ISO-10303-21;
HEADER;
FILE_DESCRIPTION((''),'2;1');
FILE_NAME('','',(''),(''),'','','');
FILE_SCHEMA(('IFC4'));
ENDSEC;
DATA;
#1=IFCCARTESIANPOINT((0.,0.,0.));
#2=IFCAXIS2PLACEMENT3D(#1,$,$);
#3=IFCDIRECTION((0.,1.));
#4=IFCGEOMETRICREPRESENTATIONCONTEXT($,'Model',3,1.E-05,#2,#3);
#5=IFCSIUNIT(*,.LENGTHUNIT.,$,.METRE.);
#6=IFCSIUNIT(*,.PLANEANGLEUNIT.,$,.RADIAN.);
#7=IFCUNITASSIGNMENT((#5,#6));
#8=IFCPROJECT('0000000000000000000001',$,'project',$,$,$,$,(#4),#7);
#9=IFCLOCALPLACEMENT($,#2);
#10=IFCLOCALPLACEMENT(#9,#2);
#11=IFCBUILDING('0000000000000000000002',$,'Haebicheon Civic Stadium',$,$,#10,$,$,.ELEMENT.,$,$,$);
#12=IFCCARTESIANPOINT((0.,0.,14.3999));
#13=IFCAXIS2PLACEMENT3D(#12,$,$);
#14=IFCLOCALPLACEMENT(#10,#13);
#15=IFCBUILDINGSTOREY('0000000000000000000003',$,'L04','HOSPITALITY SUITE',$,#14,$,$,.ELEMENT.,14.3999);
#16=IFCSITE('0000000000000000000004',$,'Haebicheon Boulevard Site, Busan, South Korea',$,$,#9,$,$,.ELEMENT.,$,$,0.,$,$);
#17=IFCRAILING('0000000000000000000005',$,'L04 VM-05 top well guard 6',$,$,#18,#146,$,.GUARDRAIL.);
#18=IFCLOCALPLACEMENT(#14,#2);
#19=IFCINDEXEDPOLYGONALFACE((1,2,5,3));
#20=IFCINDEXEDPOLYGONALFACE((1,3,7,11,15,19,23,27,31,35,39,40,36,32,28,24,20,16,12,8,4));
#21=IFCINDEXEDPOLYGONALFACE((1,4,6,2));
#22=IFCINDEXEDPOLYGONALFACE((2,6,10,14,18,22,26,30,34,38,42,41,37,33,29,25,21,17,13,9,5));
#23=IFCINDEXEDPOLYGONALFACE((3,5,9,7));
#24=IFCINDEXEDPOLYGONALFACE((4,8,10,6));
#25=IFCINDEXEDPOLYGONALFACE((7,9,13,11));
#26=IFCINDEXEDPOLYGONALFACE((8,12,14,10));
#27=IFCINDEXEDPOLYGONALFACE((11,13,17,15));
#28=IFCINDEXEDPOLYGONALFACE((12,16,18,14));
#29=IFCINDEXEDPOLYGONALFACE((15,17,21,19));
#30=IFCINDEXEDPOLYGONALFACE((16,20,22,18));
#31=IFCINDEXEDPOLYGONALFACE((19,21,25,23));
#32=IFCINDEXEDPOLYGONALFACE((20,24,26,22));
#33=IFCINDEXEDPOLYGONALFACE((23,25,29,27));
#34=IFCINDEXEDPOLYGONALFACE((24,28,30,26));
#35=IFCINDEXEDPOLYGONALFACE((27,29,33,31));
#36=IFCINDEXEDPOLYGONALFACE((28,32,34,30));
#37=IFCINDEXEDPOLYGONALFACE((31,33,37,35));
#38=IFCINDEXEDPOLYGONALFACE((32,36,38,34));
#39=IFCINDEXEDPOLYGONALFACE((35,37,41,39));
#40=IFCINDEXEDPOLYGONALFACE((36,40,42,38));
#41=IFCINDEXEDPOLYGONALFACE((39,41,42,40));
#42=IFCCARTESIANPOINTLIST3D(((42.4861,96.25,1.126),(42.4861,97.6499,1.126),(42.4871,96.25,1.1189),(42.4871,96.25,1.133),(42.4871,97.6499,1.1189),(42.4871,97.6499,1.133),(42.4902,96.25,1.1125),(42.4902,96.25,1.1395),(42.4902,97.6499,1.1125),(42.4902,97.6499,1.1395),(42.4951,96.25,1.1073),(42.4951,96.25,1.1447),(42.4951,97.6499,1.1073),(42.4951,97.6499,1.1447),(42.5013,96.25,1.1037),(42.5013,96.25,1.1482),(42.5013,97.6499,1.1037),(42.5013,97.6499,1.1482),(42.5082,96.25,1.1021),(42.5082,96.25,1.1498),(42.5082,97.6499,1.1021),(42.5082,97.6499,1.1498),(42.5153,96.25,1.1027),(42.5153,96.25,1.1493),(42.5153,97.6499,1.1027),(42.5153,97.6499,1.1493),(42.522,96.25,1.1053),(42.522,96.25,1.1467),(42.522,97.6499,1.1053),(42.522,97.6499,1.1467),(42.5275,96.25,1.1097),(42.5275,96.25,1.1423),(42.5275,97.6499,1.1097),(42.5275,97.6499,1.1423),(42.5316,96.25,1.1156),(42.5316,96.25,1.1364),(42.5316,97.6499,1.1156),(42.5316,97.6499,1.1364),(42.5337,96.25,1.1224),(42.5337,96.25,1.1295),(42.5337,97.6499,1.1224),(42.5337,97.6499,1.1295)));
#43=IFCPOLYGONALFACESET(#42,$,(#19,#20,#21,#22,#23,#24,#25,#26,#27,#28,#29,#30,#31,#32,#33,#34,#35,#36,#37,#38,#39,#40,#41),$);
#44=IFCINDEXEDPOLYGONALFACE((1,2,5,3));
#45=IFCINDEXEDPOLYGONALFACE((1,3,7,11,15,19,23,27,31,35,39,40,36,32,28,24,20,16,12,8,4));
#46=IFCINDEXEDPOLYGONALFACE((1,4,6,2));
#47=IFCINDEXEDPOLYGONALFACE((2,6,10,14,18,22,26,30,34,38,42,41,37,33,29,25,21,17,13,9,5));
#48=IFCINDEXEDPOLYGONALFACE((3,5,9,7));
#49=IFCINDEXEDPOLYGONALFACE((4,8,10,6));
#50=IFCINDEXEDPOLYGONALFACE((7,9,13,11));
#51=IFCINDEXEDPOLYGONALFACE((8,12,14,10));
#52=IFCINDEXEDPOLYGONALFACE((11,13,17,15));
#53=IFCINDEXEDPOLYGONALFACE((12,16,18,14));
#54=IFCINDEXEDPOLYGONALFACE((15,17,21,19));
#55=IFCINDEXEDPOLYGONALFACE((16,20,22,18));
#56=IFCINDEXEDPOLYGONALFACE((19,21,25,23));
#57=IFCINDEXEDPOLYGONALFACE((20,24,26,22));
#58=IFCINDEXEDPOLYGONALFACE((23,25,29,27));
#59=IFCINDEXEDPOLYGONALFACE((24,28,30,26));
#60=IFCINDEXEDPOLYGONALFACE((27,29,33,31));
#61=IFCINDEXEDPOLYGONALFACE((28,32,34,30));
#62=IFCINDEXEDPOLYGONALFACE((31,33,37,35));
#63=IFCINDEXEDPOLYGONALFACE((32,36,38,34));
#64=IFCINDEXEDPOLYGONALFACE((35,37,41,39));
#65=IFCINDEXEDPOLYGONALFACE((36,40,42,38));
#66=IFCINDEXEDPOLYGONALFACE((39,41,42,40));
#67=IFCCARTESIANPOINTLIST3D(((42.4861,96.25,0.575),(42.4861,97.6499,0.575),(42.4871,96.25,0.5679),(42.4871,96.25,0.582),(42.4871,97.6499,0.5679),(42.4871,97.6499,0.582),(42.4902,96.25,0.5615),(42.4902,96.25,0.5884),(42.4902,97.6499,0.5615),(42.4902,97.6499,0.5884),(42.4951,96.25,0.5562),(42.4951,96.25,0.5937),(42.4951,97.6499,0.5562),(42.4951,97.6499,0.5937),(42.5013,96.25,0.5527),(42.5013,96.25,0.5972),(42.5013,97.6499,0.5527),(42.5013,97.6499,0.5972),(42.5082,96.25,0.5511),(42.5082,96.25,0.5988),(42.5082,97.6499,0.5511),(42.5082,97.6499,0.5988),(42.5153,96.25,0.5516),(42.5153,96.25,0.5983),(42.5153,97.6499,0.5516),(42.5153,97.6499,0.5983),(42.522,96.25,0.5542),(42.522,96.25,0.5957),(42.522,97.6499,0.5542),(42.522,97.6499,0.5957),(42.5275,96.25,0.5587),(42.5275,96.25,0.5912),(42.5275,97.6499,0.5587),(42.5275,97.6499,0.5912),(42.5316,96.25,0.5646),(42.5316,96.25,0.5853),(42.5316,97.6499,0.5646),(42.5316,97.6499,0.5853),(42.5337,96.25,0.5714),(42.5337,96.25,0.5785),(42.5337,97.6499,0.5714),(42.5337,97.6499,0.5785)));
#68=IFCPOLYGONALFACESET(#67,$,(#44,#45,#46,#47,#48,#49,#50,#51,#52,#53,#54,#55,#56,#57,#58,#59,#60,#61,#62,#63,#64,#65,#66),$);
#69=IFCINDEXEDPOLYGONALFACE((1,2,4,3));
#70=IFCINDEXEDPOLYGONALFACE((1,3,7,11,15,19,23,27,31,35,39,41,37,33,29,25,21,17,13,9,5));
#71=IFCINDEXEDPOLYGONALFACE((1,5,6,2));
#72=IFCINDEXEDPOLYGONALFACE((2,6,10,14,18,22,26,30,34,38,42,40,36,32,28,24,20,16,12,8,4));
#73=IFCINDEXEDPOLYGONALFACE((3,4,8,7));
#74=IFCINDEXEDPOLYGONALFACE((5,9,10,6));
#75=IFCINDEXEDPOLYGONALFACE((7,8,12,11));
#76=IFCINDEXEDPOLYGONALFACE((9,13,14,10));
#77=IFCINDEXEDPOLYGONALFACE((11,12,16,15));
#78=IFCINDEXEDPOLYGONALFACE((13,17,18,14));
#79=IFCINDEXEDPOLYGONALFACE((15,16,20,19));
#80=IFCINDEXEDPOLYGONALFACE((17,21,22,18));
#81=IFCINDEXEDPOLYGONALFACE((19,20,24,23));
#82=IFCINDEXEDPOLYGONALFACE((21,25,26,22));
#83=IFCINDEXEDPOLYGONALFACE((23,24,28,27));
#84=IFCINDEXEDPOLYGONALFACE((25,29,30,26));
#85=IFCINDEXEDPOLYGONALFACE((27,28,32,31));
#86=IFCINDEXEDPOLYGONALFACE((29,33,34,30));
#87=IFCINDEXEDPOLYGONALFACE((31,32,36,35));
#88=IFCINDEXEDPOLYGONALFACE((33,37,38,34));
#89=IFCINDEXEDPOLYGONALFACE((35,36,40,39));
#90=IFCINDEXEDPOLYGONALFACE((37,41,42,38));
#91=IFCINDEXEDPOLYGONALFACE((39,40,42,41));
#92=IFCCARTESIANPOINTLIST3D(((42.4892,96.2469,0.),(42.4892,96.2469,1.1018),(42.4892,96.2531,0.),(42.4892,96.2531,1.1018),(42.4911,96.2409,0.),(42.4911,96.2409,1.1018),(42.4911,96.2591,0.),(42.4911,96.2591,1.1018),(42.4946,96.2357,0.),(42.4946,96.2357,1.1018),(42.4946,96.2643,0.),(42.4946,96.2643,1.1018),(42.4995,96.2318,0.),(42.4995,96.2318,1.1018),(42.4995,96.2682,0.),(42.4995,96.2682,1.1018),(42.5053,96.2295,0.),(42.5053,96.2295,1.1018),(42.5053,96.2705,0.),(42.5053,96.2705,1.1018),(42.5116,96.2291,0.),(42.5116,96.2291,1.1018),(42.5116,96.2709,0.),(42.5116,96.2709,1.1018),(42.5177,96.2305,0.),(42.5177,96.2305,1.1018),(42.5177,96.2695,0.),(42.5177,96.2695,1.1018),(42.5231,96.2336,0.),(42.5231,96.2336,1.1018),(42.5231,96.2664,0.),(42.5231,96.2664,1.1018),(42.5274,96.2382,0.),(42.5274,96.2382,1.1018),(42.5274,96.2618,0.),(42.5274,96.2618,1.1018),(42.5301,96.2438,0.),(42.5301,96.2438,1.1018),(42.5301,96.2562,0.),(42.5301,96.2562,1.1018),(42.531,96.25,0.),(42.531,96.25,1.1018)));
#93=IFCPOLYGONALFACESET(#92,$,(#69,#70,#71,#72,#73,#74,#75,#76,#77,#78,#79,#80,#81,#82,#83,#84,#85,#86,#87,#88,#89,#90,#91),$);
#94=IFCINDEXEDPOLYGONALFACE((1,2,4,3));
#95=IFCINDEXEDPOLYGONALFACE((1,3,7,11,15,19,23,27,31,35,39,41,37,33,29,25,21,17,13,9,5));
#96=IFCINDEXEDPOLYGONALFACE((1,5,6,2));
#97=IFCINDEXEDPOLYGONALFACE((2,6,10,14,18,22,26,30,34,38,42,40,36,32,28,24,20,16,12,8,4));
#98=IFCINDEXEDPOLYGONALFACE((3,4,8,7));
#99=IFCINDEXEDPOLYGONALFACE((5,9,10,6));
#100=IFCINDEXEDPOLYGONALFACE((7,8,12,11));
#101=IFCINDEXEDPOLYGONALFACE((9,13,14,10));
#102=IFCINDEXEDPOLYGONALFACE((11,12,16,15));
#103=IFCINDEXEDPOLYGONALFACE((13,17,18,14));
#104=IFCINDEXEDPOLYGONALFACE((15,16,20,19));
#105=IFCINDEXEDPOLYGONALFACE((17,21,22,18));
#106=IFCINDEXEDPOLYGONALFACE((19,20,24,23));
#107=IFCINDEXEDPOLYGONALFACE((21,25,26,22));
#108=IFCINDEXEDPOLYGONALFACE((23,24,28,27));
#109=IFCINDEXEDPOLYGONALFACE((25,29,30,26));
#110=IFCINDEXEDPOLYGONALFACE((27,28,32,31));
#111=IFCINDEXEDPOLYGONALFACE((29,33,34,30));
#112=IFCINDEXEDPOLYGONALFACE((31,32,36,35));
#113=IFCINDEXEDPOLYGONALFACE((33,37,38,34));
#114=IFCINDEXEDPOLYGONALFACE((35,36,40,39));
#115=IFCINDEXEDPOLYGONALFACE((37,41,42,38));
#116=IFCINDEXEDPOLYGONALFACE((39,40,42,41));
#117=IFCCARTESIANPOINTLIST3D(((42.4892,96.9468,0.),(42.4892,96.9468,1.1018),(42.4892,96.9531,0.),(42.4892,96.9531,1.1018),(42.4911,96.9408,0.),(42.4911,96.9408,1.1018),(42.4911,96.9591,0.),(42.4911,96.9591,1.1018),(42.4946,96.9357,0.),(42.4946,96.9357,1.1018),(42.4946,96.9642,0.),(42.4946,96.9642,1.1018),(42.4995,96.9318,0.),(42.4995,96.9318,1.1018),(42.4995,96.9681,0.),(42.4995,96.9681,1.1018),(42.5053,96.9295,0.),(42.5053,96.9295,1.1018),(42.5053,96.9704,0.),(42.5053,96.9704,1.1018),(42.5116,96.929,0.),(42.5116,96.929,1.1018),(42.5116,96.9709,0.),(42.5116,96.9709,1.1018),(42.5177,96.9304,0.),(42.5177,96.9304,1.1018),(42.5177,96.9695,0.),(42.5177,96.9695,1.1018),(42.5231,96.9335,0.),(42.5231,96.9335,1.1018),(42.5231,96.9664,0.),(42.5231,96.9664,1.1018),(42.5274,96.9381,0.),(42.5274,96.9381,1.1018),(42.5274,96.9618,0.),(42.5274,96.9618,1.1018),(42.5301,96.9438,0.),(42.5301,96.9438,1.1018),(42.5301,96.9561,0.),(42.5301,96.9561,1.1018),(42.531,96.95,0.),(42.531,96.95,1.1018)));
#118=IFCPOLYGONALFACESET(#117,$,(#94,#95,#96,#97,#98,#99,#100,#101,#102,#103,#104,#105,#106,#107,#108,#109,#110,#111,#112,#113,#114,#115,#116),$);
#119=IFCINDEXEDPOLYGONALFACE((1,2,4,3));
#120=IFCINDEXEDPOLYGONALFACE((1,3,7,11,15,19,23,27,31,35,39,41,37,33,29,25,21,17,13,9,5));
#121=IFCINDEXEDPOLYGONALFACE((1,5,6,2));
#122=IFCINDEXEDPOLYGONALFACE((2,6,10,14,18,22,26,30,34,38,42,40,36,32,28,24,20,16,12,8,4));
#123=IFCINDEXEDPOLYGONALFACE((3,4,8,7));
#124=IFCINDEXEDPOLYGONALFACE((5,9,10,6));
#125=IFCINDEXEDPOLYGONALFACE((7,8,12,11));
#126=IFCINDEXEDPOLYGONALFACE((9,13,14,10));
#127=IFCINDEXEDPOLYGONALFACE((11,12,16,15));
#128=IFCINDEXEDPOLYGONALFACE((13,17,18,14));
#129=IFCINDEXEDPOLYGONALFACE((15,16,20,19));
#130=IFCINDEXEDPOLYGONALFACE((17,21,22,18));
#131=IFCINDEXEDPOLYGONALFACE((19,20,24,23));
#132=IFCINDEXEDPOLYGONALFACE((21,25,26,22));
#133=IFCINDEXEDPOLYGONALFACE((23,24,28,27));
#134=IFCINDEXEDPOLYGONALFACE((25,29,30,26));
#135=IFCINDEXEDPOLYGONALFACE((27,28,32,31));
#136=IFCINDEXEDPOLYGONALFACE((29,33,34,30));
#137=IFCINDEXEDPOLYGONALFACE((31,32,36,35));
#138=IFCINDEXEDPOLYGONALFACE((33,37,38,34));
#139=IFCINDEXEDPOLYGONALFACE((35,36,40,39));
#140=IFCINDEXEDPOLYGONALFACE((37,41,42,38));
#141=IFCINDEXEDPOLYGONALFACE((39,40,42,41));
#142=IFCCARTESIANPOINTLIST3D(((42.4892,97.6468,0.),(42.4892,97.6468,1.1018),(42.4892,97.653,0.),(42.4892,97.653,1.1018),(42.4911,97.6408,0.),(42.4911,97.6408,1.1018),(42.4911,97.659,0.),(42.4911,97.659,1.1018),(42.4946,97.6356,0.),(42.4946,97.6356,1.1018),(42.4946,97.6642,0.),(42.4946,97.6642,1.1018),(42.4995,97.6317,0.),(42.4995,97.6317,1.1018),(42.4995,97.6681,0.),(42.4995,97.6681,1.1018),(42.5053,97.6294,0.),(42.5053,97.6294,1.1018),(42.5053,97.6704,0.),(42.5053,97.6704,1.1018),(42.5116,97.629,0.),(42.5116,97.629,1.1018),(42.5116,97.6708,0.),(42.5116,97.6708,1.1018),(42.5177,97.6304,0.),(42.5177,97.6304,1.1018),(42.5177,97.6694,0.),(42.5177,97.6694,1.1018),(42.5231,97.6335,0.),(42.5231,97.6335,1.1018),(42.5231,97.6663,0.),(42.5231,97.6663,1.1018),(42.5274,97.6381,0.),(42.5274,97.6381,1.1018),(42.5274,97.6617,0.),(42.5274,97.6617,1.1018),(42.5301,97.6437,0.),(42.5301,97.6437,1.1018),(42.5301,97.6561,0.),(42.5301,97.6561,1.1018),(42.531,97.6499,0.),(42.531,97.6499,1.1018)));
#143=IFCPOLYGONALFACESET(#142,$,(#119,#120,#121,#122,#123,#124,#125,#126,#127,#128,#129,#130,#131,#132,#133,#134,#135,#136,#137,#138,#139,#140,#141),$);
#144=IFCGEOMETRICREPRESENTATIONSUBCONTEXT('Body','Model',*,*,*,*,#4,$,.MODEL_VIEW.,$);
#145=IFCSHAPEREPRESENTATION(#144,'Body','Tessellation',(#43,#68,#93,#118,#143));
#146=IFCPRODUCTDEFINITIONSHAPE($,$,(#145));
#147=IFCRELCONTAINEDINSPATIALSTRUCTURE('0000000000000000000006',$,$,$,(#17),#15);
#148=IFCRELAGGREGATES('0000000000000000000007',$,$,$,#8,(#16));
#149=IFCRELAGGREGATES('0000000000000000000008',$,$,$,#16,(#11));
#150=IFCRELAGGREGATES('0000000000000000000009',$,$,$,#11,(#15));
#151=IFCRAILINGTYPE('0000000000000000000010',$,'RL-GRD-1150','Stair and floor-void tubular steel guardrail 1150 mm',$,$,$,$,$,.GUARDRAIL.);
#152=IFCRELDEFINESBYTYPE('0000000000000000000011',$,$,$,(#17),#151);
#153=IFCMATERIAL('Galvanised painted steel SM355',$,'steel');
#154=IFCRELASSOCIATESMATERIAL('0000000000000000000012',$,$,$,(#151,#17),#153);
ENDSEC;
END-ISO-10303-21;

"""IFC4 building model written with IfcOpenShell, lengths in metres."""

from ifc_helpers import new_model, si_unit, direction, frame, origin, origin_2d, place, context, subcontext, project, spatial, circle, extrude, material, type_object, element, save


model = new_model("IFC4")

# Units and contexts
model_context = context("Model", 3, precision=1e-05, world=origin(), true_north=direction((0.0, 1.0)))
body_context = subcontext(model_context, "Body", "Model", "MODEL_VIEW")
ifc_project = project(units=[si_unit("LENGTHUNIT", "METRE"), si_unit("PLANEANGLEUNIT", "RADIAN")], contexts=[model_context])

# Site, building, storey
site_placement = place(None, origin())
site = spatial("IfcSite", under=ifc_project, at=site_placement, Name="Haebicheon Boulevard Site, Busan, South Korea", CompositionType="ELEMENT", RefElevation=0.0)
building_placement = place(site_placement, origin())
building = spatial("IfcBuilding", under=site, at=building_placement, Name="Haebicheon Civic Stadium", CompositionType="ELEMENT")
storey_placement = place(building_placement, frame((0.0, 0.0, 14.3999)))
storey = spatial("IfcBuildingStorey", under=building, at=storey_placement, Name="L04", Description="HOSPITALITY SUITE", CompositionType="ELEMENT", Elevation=14.3999)

# Railing
ifc_material_1 = material(Name="Galvanised painted steel SM355", Category="steel")
railing_type_1 = type_object("IfcRailingType", Name="RL-GRD-1150", Description="Stair and floor-void tubular steel guardrail 1150 mm", PredefinedType="GUARDRAIL", material=ifc_material_1)
railing_1_placement = place(storey_placement, frame((42.51, 96.25, 0.0)))
element("IfcRailing", 1, at=railing_1_placement, inside=storey, type_object=railing_type_1, material=ifc_material_1, Name="L04 VM-05 top well guard 6", PredefinedType="GUARDRAIL", context=body_context, shape_type="SweptSolid", body=[
    extrude(circle(Radius=0.0239, at=origin_2d()), frame((0.0, 0.0, 1.126), z_axis=(0.0, 1.0, 0.0), x_axis=(-1.0, 0.0, 0.0)), (0.0, 0.0, 1.0), 1.3999),
    extrude(circle(Radius=0.0239, at=origin_2d()), frame((0.0, 0.0, 0.575), z_axis=(0.0, 1.0, 0.0), x_axis=(-1.0, 0.0, 0.0)), (0.0, 0.0, 1.0), 1.3999),
    extrude(circle(Radius=0.021, at=origin_2d()), origin(), (0.0, 0.0, 1.0), 1.1018),
    extrude(circle(Radius=0.021, at=origin_2d()), frame((0.0, 0.7, 0.0)), (0.0, 0.0, 1.0), 1.1018),
    extrude(circle(Radius=0.021, at=origin_2d()), frame((0.0, 1.3999, 0.0)), (0.0, 0.0, 1.0), 1.1018),
])

save(model, "model.ifc")
